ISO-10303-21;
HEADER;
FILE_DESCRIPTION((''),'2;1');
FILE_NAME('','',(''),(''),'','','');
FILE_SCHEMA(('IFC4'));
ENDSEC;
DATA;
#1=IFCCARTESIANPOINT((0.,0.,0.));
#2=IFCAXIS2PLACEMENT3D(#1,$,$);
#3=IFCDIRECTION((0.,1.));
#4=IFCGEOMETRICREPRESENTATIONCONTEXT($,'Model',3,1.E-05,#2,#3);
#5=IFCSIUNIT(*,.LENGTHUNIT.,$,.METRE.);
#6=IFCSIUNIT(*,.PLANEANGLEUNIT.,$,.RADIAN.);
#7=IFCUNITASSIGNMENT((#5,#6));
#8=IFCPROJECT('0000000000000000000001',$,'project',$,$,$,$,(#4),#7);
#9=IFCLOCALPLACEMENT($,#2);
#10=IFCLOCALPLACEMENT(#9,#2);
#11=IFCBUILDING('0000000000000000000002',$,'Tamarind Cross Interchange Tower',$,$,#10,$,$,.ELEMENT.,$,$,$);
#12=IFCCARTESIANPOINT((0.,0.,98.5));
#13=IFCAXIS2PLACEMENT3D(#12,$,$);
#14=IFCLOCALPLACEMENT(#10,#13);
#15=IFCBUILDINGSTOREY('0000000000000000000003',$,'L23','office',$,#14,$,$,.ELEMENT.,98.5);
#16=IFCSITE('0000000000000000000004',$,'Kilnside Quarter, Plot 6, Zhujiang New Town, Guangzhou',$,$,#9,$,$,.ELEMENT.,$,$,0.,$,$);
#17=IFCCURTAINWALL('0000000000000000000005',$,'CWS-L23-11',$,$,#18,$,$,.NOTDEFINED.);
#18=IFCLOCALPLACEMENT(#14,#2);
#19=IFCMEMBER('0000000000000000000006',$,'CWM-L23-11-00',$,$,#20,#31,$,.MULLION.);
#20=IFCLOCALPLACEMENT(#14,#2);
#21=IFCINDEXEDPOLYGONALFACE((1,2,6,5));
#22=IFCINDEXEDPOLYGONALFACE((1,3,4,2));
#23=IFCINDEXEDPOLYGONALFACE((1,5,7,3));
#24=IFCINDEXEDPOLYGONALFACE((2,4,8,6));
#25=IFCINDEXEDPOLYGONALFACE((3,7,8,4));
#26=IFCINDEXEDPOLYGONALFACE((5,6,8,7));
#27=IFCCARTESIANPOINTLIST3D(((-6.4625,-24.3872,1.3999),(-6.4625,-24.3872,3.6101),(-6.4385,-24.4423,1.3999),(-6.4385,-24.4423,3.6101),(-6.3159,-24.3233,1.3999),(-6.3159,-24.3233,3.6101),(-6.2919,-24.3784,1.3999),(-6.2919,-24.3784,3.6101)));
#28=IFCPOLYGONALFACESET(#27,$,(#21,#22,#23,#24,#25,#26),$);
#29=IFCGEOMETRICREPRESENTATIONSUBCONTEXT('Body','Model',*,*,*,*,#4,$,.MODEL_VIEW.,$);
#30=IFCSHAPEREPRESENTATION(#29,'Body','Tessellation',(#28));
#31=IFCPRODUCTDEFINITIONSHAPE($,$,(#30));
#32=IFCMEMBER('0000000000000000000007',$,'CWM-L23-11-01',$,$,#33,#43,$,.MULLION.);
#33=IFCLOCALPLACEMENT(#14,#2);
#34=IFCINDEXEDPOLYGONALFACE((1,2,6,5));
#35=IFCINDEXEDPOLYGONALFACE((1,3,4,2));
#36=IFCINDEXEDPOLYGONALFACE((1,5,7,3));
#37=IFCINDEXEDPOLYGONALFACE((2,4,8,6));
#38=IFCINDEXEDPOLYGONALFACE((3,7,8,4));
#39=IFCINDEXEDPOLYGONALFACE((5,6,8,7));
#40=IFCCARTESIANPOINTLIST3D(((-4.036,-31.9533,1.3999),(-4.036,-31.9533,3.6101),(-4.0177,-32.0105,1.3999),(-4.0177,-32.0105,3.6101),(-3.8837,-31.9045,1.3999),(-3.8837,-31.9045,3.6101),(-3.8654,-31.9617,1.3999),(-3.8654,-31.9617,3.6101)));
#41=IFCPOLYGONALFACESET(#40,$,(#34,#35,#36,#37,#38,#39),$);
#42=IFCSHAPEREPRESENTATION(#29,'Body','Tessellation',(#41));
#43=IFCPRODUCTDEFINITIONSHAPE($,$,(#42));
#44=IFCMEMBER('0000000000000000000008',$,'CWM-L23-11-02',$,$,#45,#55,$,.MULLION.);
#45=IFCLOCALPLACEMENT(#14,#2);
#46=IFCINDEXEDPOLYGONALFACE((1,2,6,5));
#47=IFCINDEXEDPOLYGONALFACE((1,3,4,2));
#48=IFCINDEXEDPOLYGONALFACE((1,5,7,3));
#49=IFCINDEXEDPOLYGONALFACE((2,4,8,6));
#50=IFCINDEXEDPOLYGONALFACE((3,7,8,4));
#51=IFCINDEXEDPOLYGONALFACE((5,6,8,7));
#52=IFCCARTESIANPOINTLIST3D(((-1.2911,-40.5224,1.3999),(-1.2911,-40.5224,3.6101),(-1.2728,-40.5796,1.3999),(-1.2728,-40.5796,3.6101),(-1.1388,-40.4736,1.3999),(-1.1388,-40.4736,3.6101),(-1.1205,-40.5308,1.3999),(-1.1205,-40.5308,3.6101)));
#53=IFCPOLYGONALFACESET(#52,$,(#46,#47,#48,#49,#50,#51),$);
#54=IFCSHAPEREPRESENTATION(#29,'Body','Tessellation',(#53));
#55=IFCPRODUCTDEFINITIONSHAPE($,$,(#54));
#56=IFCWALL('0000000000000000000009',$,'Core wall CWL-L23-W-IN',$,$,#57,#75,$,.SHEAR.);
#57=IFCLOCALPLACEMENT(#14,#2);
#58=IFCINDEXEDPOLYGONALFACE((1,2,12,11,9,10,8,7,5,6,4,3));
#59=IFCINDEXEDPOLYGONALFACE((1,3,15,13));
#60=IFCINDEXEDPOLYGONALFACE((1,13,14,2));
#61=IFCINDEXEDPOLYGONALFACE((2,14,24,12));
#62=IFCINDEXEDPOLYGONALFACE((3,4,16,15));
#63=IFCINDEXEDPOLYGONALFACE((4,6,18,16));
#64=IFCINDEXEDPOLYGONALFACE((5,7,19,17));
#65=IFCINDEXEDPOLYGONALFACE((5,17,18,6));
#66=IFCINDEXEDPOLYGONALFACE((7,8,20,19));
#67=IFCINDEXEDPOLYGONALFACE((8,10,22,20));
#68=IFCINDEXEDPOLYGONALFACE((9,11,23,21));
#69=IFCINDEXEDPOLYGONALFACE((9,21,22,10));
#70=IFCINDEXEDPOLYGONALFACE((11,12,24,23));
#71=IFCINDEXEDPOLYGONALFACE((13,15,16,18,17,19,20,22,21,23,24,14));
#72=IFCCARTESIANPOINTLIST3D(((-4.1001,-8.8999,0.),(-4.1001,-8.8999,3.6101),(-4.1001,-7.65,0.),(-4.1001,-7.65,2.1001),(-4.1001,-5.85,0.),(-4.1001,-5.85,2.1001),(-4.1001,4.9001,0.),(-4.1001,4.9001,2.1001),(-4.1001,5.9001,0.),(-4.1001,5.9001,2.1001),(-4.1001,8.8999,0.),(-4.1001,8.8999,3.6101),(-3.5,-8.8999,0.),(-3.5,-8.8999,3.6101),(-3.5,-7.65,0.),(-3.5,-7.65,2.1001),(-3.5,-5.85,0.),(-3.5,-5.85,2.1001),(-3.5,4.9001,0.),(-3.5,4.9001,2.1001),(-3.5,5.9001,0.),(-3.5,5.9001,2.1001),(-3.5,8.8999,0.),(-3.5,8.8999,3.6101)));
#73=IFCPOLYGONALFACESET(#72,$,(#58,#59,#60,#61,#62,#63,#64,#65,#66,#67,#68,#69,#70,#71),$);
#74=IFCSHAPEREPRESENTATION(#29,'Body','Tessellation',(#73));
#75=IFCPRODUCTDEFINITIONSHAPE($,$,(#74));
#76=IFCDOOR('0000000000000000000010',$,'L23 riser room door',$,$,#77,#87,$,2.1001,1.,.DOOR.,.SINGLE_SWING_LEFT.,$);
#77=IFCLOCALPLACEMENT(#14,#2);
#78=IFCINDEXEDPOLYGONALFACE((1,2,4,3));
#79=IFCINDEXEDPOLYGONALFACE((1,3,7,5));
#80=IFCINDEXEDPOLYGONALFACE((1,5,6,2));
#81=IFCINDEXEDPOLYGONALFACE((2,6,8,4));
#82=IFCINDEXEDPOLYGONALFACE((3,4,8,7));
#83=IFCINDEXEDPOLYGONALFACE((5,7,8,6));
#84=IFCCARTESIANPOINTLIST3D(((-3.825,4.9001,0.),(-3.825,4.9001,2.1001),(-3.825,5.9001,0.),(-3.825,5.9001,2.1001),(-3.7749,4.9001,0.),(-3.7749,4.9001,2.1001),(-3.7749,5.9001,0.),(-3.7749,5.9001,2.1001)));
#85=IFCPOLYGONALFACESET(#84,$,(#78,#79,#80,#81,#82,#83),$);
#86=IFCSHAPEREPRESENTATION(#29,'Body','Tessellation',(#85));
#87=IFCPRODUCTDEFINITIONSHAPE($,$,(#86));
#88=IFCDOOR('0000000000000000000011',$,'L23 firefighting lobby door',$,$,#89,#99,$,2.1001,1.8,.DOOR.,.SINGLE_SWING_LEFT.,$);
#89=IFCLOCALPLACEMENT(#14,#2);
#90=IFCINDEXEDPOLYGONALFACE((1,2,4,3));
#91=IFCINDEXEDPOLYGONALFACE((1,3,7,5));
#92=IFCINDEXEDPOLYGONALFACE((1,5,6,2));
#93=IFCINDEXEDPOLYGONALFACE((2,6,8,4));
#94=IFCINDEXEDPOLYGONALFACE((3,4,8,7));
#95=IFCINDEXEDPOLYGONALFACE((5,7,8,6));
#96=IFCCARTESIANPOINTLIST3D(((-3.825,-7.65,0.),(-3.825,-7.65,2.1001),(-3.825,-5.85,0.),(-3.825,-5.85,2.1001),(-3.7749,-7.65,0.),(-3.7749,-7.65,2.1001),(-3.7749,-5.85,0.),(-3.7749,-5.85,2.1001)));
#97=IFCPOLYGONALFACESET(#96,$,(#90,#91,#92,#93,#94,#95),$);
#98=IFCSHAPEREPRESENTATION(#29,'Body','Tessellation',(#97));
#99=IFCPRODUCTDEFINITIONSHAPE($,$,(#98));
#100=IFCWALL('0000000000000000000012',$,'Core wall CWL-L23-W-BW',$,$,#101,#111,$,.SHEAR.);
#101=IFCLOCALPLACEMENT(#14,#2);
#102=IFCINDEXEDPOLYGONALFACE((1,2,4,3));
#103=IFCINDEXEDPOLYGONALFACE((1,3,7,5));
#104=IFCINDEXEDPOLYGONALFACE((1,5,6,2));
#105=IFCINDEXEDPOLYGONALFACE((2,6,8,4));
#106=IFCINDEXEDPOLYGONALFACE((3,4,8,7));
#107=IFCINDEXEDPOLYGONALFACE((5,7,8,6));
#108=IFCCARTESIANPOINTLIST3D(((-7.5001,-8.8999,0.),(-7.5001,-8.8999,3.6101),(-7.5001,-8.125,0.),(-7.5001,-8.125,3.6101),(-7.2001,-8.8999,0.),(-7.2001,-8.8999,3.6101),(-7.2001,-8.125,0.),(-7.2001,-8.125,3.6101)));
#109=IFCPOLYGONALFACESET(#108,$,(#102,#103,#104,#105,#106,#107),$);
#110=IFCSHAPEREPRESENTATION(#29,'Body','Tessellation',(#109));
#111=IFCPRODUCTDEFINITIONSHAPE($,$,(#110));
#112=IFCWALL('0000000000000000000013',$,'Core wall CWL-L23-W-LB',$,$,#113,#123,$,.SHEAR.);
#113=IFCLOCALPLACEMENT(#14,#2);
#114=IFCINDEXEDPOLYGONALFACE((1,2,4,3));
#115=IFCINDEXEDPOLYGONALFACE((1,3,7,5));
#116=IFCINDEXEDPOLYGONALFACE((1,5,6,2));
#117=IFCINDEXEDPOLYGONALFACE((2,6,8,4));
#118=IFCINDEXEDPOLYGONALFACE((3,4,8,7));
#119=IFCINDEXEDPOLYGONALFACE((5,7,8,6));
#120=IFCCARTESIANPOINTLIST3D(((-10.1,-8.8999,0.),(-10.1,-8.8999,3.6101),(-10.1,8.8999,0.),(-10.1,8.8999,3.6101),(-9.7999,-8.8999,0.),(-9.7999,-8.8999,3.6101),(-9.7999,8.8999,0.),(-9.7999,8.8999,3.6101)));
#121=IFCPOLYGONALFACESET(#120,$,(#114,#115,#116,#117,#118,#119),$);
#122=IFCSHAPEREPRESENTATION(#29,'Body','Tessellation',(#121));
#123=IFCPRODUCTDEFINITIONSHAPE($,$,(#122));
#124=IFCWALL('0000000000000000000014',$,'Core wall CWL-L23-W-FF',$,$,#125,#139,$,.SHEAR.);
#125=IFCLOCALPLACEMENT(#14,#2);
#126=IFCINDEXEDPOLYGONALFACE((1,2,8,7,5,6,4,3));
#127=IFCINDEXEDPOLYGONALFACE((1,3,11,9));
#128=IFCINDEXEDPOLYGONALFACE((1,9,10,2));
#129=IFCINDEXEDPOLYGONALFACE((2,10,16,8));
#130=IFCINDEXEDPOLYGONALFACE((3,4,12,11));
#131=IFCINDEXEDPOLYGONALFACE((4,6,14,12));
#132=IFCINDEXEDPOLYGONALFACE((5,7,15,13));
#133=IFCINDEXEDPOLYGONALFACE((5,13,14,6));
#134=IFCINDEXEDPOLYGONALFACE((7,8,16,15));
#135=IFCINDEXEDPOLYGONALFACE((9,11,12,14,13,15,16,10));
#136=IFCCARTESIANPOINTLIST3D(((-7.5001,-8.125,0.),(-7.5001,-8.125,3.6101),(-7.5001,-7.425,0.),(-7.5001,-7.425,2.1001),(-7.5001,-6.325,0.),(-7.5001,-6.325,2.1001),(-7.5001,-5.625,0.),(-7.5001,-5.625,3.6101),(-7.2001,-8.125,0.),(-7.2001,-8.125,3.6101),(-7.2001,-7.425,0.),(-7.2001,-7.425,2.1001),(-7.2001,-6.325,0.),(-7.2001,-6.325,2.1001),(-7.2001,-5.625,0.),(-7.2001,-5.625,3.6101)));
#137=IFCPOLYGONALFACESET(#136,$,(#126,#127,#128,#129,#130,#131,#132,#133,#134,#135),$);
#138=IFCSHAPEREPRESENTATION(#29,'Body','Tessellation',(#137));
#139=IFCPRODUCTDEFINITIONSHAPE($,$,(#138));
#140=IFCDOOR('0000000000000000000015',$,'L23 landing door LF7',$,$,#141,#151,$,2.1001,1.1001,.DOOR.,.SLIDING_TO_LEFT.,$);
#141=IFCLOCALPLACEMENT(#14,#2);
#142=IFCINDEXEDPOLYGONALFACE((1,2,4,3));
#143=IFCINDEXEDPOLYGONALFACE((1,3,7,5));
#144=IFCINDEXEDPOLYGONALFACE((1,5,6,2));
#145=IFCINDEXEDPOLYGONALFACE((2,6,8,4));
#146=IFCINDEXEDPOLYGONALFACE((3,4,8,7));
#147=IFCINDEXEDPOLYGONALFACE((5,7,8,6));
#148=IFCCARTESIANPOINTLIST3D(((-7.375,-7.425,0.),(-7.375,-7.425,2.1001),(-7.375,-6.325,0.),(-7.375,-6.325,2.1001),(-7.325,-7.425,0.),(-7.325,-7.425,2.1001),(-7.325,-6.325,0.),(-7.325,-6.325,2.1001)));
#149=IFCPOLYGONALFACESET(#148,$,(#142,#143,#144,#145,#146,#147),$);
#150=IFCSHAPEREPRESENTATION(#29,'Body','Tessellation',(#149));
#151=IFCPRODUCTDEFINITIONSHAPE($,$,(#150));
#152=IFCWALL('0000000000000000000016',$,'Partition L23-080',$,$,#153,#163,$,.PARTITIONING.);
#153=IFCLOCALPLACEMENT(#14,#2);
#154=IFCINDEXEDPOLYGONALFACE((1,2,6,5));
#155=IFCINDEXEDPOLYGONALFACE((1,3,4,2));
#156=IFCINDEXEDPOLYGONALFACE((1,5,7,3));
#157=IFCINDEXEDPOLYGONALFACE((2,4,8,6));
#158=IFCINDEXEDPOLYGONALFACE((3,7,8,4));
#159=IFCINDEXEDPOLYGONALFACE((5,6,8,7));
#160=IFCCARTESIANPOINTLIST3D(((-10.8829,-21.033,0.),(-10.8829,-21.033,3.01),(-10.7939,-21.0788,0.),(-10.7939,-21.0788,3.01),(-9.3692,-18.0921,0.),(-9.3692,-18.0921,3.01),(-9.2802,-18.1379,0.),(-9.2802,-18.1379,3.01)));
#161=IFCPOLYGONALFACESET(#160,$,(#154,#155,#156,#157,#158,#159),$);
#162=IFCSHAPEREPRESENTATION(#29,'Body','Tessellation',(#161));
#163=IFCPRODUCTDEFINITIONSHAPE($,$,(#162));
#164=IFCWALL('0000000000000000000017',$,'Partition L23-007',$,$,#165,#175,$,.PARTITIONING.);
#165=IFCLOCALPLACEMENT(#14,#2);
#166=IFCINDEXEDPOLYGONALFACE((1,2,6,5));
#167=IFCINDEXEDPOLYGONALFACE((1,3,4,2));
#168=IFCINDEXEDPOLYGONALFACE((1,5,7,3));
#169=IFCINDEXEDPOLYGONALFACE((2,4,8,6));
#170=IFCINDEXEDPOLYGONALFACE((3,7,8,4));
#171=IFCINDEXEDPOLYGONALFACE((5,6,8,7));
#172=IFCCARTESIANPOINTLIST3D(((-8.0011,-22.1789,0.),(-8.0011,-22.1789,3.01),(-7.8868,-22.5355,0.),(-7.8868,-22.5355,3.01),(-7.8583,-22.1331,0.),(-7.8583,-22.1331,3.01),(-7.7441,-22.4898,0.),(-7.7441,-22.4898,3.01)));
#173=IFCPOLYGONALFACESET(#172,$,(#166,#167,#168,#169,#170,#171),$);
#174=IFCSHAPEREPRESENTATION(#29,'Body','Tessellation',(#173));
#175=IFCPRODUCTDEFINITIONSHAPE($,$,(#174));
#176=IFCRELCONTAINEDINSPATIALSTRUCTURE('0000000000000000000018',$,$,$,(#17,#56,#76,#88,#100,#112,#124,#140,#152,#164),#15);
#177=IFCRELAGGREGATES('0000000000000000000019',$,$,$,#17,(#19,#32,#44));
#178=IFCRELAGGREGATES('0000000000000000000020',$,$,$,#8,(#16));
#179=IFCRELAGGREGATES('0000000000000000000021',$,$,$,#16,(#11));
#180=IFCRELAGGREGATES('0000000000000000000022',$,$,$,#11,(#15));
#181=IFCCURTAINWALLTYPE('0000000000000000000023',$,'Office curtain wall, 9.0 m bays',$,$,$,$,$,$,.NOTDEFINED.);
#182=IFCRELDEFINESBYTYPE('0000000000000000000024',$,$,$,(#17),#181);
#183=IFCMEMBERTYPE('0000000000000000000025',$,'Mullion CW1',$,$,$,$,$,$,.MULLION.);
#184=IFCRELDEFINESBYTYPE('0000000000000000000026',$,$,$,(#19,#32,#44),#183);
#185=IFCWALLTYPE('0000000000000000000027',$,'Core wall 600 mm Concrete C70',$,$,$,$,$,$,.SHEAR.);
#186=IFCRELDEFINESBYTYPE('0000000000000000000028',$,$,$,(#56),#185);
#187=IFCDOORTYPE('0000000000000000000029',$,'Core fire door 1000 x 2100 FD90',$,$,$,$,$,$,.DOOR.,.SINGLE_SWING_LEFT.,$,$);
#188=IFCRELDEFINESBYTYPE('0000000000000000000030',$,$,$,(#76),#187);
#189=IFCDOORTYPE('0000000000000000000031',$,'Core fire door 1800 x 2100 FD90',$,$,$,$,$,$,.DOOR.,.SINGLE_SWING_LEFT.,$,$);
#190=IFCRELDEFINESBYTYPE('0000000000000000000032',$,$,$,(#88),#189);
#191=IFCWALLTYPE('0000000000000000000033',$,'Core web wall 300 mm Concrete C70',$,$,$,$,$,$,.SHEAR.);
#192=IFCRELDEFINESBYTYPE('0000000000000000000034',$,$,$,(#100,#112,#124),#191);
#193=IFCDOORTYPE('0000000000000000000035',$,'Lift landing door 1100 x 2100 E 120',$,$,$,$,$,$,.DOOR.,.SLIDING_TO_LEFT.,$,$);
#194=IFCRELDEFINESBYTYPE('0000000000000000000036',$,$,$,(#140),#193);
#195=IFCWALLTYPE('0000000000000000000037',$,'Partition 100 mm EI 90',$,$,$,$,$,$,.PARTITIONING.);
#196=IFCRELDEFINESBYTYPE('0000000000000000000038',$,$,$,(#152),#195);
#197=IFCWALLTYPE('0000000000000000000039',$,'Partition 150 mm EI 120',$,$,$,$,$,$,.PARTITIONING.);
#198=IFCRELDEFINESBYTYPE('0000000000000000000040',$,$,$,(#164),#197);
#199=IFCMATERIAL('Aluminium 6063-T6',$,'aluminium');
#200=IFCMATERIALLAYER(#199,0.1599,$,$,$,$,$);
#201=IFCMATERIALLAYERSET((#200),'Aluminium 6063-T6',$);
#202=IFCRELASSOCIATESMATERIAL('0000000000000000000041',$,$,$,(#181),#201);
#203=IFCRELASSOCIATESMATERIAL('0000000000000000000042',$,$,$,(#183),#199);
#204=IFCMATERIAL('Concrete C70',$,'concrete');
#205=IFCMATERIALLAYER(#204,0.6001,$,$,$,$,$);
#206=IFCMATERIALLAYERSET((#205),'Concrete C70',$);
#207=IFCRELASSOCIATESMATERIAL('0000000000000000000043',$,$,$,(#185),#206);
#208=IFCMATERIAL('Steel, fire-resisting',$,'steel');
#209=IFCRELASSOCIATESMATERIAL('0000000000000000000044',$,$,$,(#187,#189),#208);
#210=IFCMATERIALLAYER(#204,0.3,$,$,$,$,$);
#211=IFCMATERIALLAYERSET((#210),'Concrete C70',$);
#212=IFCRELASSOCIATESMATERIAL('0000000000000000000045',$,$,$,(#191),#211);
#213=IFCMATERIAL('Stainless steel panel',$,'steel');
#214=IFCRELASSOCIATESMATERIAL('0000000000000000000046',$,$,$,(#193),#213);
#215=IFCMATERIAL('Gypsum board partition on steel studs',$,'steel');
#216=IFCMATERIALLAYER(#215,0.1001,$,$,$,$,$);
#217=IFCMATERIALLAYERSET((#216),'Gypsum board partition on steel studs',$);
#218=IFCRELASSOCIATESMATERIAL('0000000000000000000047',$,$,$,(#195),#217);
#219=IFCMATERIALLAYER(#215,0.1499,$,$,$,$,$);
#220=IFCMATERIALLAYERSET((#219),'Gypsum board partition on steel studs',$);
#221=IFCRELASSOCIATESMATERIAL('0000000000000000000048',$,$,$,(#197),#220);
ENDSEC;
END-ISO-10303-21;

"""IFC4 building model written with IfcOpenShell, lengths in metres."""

from ifc_helpers import new_model, si_unit, direction, frame, frame_2d, origin, origin_2d, place, context, subcontext, project, spatial, rectangle, extrude, material, layer, layer_set, material_profile, profile_set, type_object, element, fill, aggregate, save


model = new_model("IFC4")

# Units and contexts
model_context = context("Model", 3, precision=1e-05, world=origin(), true_north=direction((0.0, 1.0)))
body_context = subcontext(model_context, "Body", "Model", "MODEL_VIEW")
ifc_project = project(units=[si_unit("LENGTHUNIT", "METRE"), si_unit("PLANEANGLEUNIT", "RADIAN")], contexts=[model_context])

# Site, building, storey
site_placement = place(None, origin())
site = spatial("IfcSite", under=ifc_project, at=site_placement, Name="Kilnside Quarter, Plot 6, Zhujiang New Town, Guangzhou", CompositionType="ELEMENT", RefElevation=0.0)
building_placement = place(site_placement, origin())
building = spatial("IfcBuilding", under=site, at=building_placement, Name="Tamarind Cross Interchange Tower", CompositionType="ELEMENT")
storey_placement = place(building_placement, frame((0.0, 0.0, 98.5)))
storey = spatial("IfcBuildingStorey", under=building, at=storey_placement, Name="L23", Description="office", CompositionType="ELEMENT", Elevation=98.5)

# Curtain wall, members
ifc_material_1 = material(Name="Aluminium 6063-T6", Category="aluminium")
ifc_layer_1 = layer(ifc_material_1, 0.1599)
ifc_layer_set_1 = layer_set([ifc_layer_1], Name="Aluminium 6063-T6")
curtain_wall_type = type_object("IfcCurtainWallType", Name="Office curtain wall, 9.0 m bays", PredefinedType="NOTDEFINED", material=ifc_layer_set_1)
curtain_wall_placement = place(storey_placement, origin())
curtain_wall = element("IfcCurtainWall", 1, at=curtain_wall_placement, inside=storey, type_object=curtain_wall_type, Name="CWS-L23-11", PredefinedType="NOTDEFINED")
ifc_material_profile_1 = material_profile(ifc_material_1, rectangle(XDim=0.0601, YDim=0.1599, at=origin_2d()), Name="Mullion CW1")
ifc_profile_set_1 = profile_set([ifc_material_profile_1], Name="Aluminium 6063-T6")
member_type = type_object("IfcMemberType", Name="Mullion CW1", PredefinedType="MULLION", material=ifc_profile_set_1)
member_1_placement = place(storey_placement, frame((-6.3772, -24.3828, 1.3999), z_axis=(0.0, 0.0, 1.0), x_axis=(0.399479, -0.916742, 0.0)))
member_1 = element("IfcMember", 2, at=member_1_placement, type_object=member_type, Name="CWM-L23-11-00", PredefinedType="MULLION", context=body_context, shape_type="SweptSolid", body=[
    extrude(rectangle(XDim=0.0601, YDim=0.1599, at=origin_2d()), origin(), (0.0, 0.0, 1.0), 2.2102),
])
member_2_placement = place(storey_placement, frame((-3.9507, -31.9575, 1.3999), z_axis=(0.0, 0.0, 1.0), x_axis=(0.305057, -0.952334, 0.0)))
member_2 = element("IfcMember", 3, at=member_2_placement, type_object=member_type, Name="CWM-L23-11-01", PredefinedType="MULLION", context=body_context, shape_type="SweptSolid", body=[
    extrude(rectangle(XDim=0.0601, YDim=0.1599, at=origin_2d()), origin(), (0.0, 0.0, 1.0), 2.2102),
])
member_3_placement = place(storey_placement, frame((-1.2058, -40.5266, 1.3999), z_axis=(0.0, 0.0, 1.0), x_axis=(0.305057, -0.952334, 0.0)))
member_3 = element("IfcMember", 4, at=member_3_placement, type_object=member_type, Name="CWM-L23-11-02", PredefinedType="MULLION", context=body_context, shape_type="SweptSolid", body=[
    extrude(rectangle(XDim=0.0601, YDim=0.1599, at=origin_2d()), origin(), (0.0, 0.0, 1.0), 2.2102),
])
aggregate(curtain_wall, [member_1, member_2, member_3])

# Wall, openings, doors
ifc_material_2 = material(Name="Concrete C70", Category="concrete")
ifc_layer_2 = layer(ifc_material_2, 0.6001)
ifc_layer_set_2 = layer_set([ifc_layer_2], Name="Concrete C70")
wall_type_1 = type_object("IfcWallType", Name="Core wall 600 mm Concrete C70", PredefinedType="SHEAR", material=ifc_layer_set_2)
wall_1_placement = place(storey_placement, frame((-3.8, -8.8999, 0.0), z_axis=(0.0, 0.0, 1.0), x_axis=(0.0, 1.0, 0.0)))
wall_1 = element("IfcWall", 5, at=wall_1_placement, inside=storey, type_object=wall_type_1, Name="Core wall CWL-L23-W-IN", PredefinedType="SHEAR", context=body_context, shape_type="SweptSolid", body=[
    extrude(rectangle(XDim=17.7998, YDim=0.6001, at=frame_2d((8.8999, 0.0))), origin(), (0.0, 0.0, 1.0), 3.6101),
])
opening_1_placement = place(wall_1_placement, frame((1.25, 0.0, 0.0)))
opening_1 = element("IfcOpeningElement", 6, at=opening_1_placement, cuts=wall_1, PredefinedType="OPENING", context=body_context, shape_type="SweptSolid", body=[
    extrude(rectangle(XDim=1.8, YDim=2.1001, at=frame_2d((0.8999, 1.05))), frame((0.0, 0.3101, 0.0), z_axis=(0.0, -1.0, 0.0), x_axis=(1.0, 0.0, 0.0)), (0.0, 0.0, 1.0), 0.6201),
])
opening_2_placement = place(wall_1_placement, frame((13.8, 0.0, 0.0)))
opening_2 = element("IfcOpeningElement", 7, at=opening_2_placement, cuts=wall_1, PredefinedType="OPENING", context=body_context, shape_type="SweptSolid", body=[
    extrude(rectangle(XDim=1.0, YDim=2.1001, at=frame_2d((0.5, 1.05))), frame((0.0, 0.3101, 0.0), z_axis=(0.0, -1.0, 0.0), x_axis=(1.0, 0.0, 0.0)), (0.0, 0.0, 1.0), 0.6201),
])
ifc_material_3 = material(Name="Steel, fire-resisting", Category="steel")
door_type_1 = type_object("IfcDoorType", Name="Core fire door 1000 x 2100 FD90", OperationType="SINGLE_SWING_LEFT", PredefinedType="DOOR", material=ifc_material_3)
door_1_placement = place(opening_2_placement, origin())
door_1 = element("IfcDoor", 8, at=door_1_placement, inside=storey, type_object=door_type_1, Name="L23 riser room door", OperationType="SINGLE_SWING_LEFT", OverallHeight=2.1001, OverallWidth=1.0, PredefinedType="DOOR", context=body_context, shape_type="SweptSolid", body=[
    extrude(rectangle(XDim=1.0, YDim=2.1001, at=frame_2d((0.5, 1.05))), frame((0.0, 0.0249, 0.0), z_axis=(0.0, -1.0, 0.0), x_axis=(1.0, 0.0, 0.0)), (0.0, 0.0, 1.0), 0.05),
])
fill(opening_2, door_1)
door_type_2 = type_object("IfcDoorType", Name="Core fire door 1800 x 2100 FD90", OperationType="SINGLE_SWING_LEFT", PredefinedType="DOOR", material=ifc_material_3)
door_2_placement = place(opening_1_placement, origin())
door_2 = element("IfcDoor", 9, at=door_2_placement, inside=storey, type_object=door_type_2, Name="L23 firefighting lobby door", OperationType="SINGLE_SWING_LEFT", OverallHeight=2.1001, OverallWidth=1.8, PredefinedType="DOOR", context=body_context, shape_type="SweptSolid", body=[
    extrude(rectangle(XDim=1.8, YDim=2.1001, at=frame_2d((0.8999, 1.05))), frame((0.0, 0.0249, 0.0), z_axis=(0.0, -1.0, 0.0), x_axis=(1.0, 0.0, 0.0)), (0.0, 0.0, 1.0), 0.05),
])
fill(opening_1, door_2)

# Walls
ifc_layer_3 = layer(ifc_material_2, 0.3)
ifc_layer_set_3 = layer_set([ifc_layer_3], Name="Concrete C70")
wall_type_2 = type_object("IfcWallType", Name="Core web wall 300 mm Concrete C70", PredefinedType="SHEAR", material=ifc_layer_set_3)
wall_2_placement = place(storey_placement, frame((-7.3501, -8.8999, 0.0), z_axis=(0.0, 0.0, 1.0), x_axis=(0.0, 1.0, 0.0)))
element("IfcWall", 10, at=wall_2_placement, inside=storey, type_object=wall_type_2, Name="Core wall CWL-L23-W-BW", PredefinedType="SHEAR", context=body_context, shape_type="SweptSolid", body=[
    extrude(rectangle(XDim=0.7749, YDim=0.3, at=frame_2d((0.3875, 0.0))), origin(), (0.0, 0.0, 1.0), 3.6101),
])
wall_3_placement = place(storey_placement, frame((-9.95, -8.8999, 0.0), z_axis=(0.0, 0.0, 1.0), x_axis=(0.0, 1.0, 0.0)))
element("IfcWall", 11, at=wall_3_placement, inside=storey, type_object=wall_type_2, Name="Core wall CWL-L23-W-LB", PredefinedType="SHEAR", context=body_context, shape_type="SweptSolid", body=[
    extrude(rectangle(XDim=17.7998, YDim=0.3, at=frame_2d((8.8999, 0.0))), origin(), (0.0, 0.0, 1.0), 3.6101),
])

# Wall, opening, door
wall_4_placement = place(storey_placement, frame((-7.3501, -8.125, 0.0), z_axis=(0.0, 0.0, 1.0), x_axis=(0.0, 1.0, 0.0)))
wall_4 = element("IfcWall", 12, at=wall_4_placement, inside=storey, type_object=wall_type_2, Name="Core wall CWL-L23-W-FF", PredefinedType="SHEAR", context=body_context, shape_type="SweptSolid", body=[
    extrude(rectangle(XDim=2.5, YDim=0.3, at=frame_2d((1.25, 0.0))), origin(), (0.0, 0.0, 1.0), 3.6101),
])
opening_3_placement = place(wall_4_placement, frame((0.7, 0.0, 0.0)))
opening_3 = element("IfcOpeningElement", 13, at=opening_3_placement, cuts=wall_4, PredefinedType="OPENING", context=body_context, shape_type="SweptSolid", body=[
    extrude(rectangle(XDim=1.1001, YDim=2.1001, at=frame_2d((0.55, 1.05))), frame((0.0, 0.1599, 0.0), z_axis=(0.0, -1.0, 0.0), x_axis=(1.0, 0.0, 0.0)), (0.0, 0.0, 1.0), 0.3201),
])
ifc_material_4 = material(Name="Stainless steel panel", Category="steel")
door_type_3 = type_object("IfcDoorType", Name="Lift landing door 1100 x 2100 E 120", OperationType="SLIDING_TO_LEFT", PredefinedType="DOOR", material=ifc_material_4)
door_3_placement = place(opening_3_placement, origin())
door_3 = element("IfcDoor", 14, at=door_3_placement, inside=storey, type_object=door_type_3, Name="L23 landing door LF7", OperationType="SLIDING_TO_LEFT", OverallHeight=2.1001, OverallWidth=1.1001, PredefinedType="DOOR", context=body_context, shape_type="SweptSolid", body=[
    extrude(rectangle(XDim=1.1001, YDim=2.1001, at=frame_2d((0.55, 1.05))), frame((0.0, 0.0249, 0.0), z_axis=(0.0, -1.0, 0.0), x_axis=(1.0, 0.0, 0.0)), (0.0, 0.0, 1.0), 0.05),
])
fill(opening_3, door_3)

# Walls
ifc_material_5 = material(Name="Gypsum board partition on steel studs", Category="steel")
ifc_layer_4 = layer(ifc_material_5, 0.1001)
ifc_layer_set_4 = layer_set([ifc_layer_4], Name="Gypsum board partition on steel studs")
wall_type_3 = type_object("IfcWallType", Name="Partition 100 mm EI 90", PredefinedType="PARTITIONING", material=ifc_layer_set_4)
wall_5_placement = place(storey_placement, frame((-10.8384, -21.0559, 0.0), z_axis=(0.0, 0.0, 1.0), x_axis=(0.457635, 0.88914, 0.0)))
element("IfcWall", 15, at=wall_5_placement, inside=storey, type_object=wall_type_3, Name="Partition L23-080", PredefinedType="PARTITIONING", context=body_context, shape_type="SweptSolid", body=[
    extrude(rectangle(XDim=3.3076, YDim=0.1001, at=frame_2d((1.6538, 0.0))), origin(), (0.0, 0.0, 1.0), 3.01),
])
ifc_layer_5 = layer(ifc_material_5, 0.1499)
ifc_layer_set_5 = layer_set([ifc_layer_5], Name="Gypsum board partition on steel studs")
wall_type_4 = type_object("IfcWallType", Name="Partition 150 mm EI 120", PredefinedType="PARTITIONING", material=ifc_layer_set_5)
wall_6_placement = place(storey_placement, frame((-7.9297, -22.156, 0.0), z_axis=(0.0, 0.0, 1.0), x_axis=(0.30506, -0.952333, 0.0)))
element("IfcWall", 16, at=wall_6_placement, inside=storey, type_object=wall_type_4, Name="Partition L23-007", PredefinedType="PARTITIONING", context=body_context, shape_type="SweptSolid", body=[
    extrude(rectangle(XDim=0.3745, YDim=0.1499, at=frame_2d((0.1873, 0.0))), origin(), (0.0, 0.0, 1.0), 3.01),
])

save(model, "model.ifc")
